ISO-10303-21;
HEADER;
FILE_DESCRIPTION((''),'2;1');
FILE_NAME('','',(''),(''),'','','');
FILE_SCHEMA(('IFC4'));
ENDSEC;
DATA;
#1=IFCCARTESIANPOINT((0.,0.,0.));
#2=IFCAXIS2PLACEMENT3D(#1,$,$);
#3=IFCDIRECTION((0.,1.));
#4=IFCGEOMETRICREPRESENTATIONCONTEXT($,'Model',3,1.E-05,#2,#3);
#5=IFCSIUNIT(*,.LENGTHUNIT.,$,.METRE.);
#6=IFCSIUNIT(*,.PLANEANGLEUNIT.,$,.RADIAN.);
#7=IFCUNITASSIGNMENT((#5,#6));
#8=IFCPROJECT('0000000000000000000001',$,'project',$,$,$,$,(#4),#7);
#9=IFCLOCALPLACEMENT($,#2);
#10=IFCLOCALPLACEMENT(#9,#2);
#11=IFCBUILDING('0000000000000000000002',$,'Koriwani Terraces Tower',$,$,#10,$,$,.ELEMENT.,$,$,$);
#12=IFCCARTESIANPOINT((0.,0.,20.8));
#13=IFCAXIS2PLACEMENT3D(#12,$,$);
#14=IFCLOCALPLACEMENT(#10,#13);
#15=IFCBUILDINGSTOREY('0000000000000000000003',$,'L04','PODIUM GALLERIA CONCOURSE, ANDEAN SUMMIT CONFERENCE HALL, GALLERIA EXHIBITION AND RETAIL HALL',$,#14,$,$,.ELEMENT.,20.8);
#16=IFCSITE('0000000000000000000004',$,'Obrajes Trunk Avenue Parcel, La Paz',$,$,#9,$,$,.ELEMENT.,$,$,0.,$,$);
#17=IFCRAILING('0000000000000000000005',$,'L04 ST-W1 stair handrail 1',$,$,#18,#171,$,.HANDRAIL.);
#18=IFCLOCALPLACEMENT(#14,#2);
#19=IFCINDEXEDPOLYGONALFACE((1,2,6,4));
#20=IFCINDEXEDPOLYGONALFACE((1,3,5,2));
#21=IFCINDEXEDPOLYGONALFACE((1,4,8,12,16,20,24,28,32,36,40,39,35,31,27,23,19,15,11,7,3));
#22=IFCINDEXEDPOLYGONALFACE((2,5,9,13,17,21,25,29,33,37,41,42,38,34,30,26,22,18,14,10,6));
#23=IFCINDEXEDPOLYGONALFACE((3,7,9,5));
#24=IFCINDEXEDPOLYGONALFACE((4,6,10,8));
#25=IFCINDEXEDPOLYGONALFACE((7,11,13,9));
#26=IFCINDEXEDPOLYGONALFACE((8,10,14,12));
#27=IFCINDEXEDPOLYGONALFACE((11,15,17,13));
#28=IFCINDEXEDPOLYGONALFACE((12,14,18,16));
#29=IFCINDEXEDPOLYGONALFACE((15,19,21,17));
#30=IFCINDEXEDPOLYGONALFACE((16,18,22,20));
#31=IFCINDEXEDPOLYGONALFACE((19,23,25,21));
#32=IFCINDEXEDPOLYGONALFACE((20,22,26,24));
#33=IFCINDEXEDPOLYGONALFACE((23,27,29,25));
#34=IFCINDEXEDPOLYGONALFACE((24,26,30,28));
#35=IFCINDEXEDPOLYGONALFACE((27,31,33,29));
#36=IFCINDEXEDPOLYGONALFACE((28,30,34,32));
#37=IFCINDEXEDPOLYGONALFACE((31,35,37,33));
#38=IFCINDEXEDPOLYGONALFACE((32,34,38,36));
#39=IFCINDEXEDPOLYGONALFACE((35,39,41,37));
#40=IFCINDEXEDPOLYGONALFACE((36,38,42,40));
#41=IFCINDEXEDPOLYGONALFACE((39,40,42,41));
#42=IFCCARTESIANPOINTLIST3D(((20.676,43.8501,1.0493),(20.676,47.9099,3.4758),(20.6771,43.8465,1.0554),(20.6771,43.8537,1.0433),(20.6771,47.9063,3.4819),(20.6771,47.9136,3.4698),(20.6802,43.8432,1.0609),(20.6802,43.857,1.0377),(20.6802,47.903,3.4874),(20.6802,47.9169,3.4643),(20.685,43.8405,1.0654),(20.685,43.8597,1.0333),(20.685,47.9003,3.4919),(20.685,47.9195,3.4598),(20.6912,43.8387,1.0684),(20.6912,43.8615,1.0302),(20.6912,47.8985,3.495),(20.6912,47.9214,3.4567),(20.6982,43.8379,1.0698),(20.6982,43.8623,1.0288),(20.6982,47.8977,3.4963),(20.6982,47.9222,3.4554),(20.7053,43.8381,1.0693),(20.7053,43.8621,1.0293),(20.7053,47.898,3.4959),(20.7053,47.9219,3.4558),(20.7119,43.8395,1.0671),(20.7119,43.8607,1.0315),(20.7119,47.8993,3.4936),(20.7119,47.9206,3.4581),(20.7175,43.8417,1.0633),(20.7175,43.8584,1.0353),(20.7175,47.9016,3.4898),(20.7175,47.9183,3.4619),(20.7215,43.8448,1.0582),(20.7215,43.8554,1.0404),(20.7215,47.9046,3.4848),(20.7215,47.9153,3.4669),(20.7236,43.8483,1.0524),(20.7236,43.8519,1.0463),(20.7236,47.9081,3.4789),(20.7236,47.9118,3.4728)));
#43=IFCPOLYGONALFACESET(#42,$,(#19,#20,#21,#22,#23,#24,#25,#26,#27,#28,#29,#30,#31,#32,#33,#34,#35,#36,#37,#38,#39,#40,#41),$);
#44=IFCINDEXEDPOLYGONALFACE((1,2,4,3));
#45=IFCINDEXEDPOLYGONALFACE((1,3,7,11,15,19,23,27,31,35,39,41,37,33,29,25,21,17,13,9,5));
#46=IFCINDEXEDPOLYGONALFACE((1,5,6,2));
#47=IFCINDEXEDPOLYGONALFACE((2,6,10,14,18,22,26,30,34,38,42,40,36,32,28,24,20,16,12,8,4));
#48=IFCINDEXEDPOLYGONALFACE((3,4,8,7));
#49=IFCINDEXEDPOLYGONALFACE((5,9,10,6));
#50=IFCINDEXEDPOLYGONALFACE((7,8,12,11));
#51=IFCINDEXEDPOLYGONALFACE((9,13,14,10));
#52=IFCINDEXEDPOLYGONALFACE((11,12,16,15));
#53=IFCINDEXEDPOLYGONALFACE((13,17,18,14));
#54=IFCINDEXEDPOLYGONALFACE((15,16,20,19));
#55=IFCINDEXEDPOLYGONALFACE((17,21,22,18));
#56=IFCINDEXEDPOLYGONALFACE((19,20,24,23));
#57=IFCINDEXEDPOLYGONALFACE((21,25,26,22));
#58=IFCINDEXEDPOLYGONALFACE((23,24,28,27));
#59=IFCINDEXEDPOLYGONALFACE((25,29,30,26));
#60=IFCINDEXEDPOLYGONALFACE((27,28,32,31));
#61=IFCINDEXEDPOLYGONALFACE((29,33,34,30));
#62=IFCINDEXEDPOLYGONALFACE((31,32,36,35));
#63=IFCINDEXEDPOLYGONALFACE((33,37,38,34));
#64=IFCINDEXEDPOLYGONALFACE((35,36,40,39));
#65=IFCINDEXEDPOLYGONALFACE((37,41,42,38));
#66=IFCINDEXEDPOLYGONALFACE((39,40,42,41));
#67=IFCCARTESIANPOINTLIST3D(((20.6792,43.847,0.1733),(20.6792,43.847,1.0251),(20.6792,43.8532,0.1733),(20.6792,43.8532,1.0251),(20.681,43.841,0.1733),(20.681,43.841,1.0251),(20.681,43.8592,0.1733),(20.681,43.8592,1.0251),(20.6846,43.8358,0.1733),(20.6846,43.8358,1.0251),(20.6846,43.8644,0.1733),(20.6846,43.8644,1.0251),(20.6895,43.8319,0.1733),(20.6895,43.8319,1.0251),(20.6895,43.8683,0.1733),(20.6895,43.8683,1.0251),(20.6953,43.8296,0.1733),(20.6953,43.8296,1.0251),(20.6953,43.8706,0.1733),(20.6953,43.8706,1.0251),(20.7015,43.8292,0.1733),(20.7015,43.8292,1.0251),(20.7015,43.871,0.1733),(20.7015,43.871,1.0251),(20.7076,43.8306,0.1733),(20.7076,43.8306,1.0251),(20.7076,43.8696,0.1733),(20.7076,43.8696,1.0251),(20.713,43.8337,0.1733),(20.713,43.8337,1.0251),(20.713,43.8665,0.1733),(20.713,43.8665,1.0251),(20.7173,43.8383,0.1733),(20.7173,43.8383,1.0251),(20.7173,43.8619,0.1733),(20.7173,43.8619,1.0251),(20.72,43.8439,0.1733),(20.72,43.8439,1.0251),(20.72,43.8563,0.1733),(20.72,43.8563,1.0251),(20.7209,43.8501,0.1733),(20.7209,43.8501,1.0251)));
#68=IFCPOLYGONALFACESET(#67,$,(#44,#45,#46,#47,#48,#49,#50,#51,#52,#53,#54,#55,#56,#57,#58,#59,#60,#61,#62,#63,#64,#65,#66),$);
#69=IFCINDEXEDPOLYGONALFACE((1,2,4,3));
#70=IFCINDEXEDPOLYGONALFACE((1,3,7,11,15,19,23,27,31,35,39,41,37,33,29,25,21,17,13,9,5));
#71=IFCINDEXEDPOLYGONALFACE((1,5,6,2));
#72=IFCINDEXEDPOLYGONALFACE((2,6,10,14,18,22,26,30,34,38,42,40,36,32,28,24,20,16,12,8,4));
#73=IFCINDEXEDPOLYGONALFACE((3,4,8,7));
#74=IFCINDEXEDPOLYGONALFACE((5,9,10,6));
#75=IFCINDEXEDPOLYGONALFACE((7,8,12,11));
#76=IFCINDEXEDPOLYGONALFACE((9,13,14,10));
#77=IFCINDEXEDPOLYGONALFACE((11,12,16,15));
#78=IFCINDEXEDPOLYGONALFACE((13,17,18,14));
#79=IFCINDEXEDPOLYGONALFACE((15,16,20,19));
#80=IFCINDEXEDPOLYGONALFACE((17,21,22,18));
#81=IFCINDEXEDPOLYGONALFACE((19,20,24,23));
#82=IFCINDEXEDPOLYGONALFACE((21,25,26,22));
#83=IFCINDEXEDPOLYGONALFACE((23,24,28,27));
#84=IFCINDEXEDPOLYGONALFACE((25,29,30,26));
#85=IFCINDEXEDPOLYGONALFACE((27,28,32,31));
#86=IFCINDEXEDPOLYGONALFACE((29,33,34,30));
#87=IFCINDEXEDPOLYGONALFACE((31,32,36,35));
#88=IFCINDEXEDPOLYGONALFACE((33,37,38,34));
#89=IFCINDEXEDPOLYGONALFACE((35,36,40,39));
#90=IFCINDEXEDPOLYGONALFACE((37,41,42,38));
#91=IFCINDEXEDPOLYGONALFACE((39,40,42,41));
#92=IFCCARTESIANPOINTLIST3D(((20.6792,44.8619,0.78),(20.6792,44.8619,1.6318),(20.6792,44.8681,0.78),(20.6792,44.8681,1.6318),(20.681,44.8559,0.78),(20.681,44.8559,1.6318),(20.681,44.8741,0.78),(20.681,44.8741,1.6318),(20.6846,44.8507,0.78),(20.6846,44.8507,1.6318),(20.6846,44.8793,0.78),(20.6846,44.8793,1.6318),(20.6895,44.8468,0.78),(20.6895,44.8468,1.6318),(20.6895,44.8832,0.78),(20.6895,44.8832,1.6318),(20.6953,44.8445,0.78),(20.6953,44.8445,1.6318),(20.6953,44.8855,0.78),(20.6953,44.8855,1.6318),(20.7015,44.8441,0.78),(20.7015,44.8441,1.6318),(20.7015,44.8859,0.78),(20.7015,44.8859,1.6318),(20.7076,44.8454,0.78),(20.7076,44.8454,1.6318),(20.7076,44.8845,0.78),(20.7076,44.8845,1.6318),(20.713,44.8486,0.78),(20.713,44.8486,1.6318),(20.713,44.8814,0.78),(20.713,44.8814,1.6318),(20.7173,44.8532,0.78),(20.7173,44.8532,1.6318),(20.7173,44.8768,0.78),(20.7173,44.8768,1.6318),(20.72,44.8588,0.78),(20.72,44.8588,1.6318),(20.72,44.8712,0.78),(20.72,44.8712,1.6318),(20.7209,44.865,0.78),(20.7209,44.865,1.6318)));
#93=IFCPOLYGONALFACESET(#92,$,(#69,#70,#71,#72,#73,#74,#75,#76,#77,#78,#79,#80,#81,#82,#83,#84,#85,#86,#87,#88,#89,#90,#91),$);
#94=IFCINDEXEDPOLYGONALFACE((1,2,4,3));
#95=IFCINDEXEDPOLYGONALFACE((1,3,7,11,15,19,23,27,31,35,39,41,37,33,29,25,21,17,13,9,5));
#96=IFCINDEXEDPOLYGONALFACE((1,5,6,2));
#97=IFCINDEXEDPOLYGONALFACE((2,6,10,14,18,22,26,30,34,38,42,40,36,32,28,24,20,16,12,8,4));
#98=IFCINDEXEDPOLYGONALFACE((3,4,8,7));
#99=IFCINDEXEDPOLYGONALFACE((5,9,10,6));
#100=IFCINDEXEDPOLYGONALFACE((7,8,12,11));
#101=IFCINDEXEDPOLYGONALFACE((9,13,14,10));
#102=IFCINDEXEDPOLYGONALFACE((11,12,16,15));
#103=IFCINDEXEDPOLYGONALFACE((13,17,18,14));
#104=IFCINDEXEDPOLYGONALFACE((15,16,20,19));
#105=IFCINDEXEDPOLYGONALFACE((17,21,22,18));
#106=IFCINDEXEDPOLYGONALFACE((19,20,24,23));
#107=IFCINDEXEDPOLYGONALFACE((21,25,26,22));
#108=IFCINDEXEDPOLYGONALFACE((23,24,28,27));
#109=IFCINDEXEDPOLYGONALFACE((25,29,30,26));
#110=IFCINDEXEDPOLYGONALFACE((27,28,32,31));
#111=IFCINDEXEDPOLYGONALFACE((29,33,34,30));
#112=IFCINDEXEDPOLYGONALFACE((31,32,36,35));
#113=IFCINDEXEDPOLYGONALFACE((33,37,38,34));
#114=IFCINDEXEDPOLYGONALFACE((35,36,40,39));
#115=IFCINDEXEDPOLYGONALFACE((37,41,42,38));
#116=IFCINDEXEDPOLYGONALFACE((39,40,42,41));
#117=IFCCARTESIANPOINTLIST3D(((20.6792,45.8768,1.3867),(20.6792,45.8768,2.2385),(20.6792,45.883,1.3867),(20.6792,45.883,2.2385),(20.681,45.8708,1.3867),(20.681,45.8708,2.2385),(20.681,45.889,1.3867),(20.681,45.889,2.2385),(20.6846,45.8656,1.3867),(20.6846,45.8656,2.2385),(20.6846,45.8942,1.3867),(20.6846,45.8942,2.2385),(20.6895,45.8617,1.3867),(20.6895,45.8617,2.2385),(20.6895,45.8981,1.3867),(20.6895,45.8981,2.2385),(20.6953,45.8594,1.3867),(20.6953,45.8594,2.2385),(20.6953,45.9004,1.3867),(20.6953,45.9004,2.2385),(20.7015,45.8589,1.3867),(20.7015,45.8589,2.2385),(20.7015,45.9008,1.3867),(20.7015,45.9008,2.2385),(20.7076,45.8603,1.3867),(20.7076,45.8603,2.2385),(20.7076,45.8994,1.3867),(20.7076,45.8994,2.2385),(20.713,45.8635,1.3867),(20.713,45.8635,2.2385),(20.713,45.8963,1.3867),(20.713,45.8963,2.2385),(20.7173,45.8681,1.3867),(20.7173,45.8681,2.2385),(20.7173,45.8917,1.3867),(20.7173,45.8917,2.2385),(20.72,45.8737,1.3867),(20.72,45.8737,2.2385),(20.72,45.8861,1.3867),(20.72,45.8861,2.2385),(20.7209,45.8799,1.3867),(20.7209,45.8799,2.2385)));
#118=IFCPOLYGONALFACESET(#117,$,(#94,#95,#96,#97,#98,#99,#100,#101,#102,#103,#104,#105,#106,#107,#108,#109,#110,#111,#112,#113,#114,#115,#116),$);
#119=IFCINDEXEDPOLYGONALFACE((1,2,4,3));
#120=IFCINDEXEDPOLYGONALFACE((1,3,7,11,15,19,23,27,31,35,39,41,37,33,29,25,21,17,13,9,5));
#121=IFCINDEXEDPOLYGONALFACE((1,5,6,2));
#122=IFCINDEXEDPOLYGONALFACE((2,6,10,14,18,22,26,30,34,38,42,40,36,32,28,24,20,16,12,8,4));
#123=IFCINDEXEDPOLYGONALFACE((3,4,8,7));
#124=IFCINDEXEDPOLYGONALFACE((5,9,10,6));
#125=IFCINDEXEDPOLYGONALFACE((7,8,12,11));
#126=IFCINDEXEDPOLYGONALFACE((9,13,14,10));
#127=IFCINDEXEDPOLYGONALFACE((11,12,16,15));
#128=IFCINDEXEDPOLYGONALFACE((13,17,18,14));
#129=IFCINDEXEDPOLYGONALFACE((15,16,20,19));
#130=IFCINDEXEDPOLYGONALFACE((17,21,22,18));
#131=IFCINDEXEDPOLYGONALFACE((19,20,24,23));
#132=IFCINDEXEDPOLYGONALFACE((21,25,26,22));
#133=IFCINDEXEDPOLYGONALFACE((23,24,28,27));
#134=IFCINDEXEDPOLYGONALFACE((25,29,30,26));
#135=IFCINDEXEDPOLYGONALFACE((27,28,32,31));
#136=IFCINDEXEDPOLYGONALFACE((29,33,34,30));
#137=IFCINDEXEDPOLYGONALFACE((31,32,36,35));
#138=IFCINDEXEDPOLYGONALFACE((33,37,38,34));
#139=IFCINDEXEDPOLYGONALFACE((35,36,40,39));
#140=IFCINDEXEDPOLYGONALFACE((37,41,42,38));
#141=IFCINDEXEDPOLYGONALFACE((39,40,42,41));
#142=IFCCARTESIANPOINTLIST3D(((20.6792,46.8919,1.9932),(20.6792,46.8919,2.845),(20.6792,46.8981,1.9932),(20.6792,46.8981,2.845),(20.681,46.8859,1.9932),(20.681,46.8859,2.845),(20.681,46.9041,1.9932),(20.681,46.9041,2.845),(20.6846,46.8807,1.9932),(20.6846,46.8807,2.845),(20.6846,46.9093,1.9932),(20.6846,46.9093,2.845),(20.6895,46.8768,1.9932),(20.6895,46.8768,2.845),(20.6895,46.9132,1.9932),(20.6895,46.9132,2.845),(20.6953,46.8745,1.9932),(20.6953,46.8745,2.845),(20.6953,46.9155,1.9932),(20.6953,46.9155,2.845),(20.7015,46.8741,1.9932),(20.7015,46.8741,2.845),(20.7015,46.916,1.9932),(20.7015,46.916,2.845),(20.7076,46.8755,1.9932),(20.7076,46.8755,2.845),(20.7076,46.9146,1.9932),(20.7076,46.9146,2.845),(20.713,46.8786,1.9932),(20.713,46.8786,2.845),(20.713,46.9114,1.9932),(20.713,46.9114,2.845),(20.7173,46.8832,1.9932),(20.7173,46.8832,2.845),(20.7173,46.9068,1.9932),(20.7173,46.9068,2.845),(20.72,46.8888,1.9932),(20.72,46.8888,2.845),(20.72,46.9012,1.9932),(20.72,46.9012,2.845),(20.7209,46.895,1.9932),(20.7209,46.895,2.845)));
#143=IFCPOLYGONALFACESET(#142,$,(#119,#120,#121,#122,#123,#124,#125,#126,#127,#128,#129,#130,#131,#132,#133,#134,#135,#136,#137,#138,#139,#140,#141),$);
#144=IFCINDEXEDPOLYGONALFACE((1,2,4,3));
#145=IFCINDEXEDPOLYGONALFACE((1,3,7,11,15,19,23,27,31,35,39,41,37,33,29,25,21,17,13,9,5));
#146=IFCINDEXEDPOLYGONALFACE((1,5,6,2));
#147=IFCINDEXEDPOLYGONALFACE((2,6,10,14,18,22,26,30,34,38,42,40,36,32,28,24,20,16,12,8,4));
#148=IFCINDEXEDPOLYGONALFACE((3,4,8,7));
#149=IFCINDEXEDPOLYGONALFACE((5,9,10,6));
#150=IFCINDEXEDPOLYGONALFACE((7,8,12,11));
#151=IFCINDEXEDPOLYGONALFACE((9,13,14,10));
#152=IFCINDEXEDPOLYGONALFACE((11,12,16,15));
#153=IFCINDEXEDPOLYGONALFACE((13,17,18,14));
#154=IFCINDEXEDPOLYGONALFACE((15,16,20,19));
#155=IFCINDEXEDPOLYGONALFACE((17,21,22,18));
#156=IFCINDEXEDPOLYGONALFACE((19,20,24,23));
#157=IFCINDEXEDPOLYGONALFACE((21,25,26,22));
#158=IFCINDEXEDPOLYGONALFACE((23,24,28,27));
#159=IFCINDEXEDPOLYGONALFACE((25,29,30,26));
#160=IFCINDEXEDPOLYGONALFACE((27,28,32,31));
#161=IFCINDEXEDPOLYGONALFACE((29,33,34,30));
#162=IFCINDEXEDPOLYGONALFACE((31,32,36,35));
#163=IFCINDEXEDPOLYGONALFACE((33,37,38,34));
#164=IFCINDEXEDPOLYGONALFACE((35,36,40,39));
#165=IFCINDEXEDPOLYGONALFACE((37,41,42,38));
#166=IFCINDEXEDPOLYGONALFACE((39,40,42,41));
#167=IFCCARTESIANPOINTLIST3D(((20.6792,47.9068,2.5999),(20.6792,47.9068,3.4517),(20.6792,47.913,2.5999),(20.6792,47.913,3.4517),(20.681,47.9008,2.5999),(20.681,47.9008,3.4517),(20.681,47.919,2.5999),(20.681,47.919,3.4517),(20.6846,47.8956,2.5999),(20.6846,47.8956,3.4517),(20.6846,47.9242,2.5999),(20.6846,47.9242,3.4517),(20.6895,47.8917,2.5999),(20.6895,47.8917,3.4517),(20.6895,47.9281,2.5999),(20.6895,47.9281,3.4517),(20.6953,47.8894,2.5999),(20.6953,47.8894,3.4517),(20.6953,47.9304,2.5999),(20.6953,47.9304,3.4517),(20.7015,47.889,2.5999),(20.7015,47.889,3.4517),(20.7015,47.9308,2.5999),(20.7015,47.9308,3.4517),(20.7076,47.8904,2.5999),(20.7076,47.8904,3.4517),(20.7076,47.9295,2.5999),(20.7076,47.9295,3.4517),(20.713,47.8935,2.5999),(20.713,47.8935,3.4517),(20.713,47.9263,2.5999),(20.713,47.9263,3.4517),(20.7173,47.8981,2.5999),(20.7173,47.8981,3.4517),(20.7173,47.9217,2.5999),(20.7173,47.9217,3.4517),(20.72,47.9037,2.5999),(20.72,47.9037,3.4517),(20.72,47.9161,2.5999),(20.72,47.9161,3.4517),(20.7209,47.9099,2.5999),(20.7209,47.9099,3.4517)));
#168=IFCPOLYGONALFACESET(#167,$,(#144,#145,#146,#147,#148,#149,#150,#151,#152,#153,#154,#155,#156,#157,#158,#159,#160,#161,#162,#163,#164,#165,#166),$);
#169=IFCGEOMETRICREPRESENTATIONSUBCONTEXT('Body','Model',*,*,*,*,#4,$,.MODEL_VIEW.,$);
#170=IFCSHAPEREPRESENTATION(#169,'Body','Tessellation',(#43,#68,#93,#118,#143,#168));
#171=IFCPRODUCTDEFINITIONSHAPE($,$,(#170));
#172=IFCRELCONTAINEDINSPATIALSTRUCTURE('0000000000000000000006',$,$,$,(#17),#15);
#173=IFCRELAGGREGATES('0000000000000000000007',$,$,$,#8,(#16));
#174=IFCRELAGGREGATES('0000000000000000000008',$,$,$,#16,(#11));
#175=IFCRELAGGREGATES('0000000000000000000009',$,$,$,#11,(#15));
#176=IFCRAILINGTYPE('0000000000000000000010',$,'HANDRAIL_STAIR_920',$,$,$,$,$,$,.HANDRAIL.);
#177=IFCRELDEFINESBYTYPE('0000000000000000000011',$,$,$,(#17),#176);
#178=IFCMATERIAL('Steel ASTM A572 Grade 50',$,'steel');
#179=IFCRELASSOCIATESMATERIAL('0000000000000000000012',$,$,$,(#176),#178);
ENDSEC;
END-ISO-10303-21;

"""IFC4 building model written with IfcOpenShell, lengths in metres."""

from ifc_helpers import new_model, si_unit, direction, frame, origin, origin_2d, place, context, subcontext, project, spatial, circle, extrude, material, type_object, element, save


model = new_model("IFC4")

# Units and contexts
model_context = context("Model", 3, precision=1e-05, world=origin(), true_north=direction((0.0, 1.0)))
body_context = subcontext(model_context, "Body", "Model", "MODEL_VIEW")
ifc_project = project(units=[si_unit("LENGTHUNIT", "METRE"), si_unit("PLANEANGLEUNIT", "RADIAN")], contexts=[model_context])

# Site, building, storey
site_placement = place(None, origin())
site = spatial("IfcSite", under=ifc_project, at=site_placement, Name="Obrajes Trunk Avenue Parcel, La Paz", CompositionType="ELEMENT", RefElevation=0.0)
building_placement = place(site_placement, origin())
building = spatial("IfcBuilding", under=site, at=building_placement, Name="Koriwani Terraces Tower", CompositionType="ELEMENT")
storey_placement = place(building_placement, frame((0.0, 0.0, 20.8)))
storey = spatial("IfcBuildingStorey", under=building, at=storey_placement, Name="L04", Description="PODIUM GALLERIA CONCOURSE, ANDEAN SUMMIT CONFERENCE HALL, GALLERIA EXHIBITION AND RETAIL HALL", CompositionType="ELEMENT", Elevation=20.8)

# Shared definitions
ifc_material_1 = material(Name="Steel ASTM A572 Grade 50", Category="steel")

# Railing
railing_type_1 = type_object("IfcRailingType", Name="HANDRAIL_STAIR_920", PredefinedType="HANDRAIL", material=ifc_material_1)
railing_1_placement = place(storey_placement, frame((20.7, 43.8501, 0.1733)))
element("IfcRailing", 1, at=railing_1_placement, inside=storey, type_object=railing_type_1, Name="L04 ST-W1 stair handrail 1", PredefinedType="HANDRAIL", context=body_context, shape_type="SweptSolid", body=[
    extrude(circle(Radius=0.0239, at=origin_2d()), frame((0.0, 0.0, 0.876), z_axis=(0.0, 0.858366, 0.513038), x_axis=(-1.0, 0.0, 0.0)), (0.0, 0.0, 1.0), 4.7297),
    extrude(circle(Radius=0.021, at=origin_2d()), origin(), (0.0, 0.0, 1.0), 0.8518),
    extrude(circle(Radius=0.021, at=origin_2d()), frame((0.0, 1.0149, 0.6067)), (0.0, 0.0, 1.0), 0.8518),
    extrude(circle(Radius=0.021, at=origin_2d()), frame((0.0, 2.0298, 1.2134)), (0.0, 0.0, 1.0), 0.8518),
    extrude(circle(Radius=0.021, at=origin_2d()), frame((0.0, 3.0449, 1.8198)), (0.0, 0.0, 1.0), 0.8518),
    extrude(circle(Radius=0.021, at=origin_2d()), frame((0.0, 4.0598, 2.4265)), (0.0, 0.0, 1.0), 0.8518),
])

save(model, "model.ifc")
